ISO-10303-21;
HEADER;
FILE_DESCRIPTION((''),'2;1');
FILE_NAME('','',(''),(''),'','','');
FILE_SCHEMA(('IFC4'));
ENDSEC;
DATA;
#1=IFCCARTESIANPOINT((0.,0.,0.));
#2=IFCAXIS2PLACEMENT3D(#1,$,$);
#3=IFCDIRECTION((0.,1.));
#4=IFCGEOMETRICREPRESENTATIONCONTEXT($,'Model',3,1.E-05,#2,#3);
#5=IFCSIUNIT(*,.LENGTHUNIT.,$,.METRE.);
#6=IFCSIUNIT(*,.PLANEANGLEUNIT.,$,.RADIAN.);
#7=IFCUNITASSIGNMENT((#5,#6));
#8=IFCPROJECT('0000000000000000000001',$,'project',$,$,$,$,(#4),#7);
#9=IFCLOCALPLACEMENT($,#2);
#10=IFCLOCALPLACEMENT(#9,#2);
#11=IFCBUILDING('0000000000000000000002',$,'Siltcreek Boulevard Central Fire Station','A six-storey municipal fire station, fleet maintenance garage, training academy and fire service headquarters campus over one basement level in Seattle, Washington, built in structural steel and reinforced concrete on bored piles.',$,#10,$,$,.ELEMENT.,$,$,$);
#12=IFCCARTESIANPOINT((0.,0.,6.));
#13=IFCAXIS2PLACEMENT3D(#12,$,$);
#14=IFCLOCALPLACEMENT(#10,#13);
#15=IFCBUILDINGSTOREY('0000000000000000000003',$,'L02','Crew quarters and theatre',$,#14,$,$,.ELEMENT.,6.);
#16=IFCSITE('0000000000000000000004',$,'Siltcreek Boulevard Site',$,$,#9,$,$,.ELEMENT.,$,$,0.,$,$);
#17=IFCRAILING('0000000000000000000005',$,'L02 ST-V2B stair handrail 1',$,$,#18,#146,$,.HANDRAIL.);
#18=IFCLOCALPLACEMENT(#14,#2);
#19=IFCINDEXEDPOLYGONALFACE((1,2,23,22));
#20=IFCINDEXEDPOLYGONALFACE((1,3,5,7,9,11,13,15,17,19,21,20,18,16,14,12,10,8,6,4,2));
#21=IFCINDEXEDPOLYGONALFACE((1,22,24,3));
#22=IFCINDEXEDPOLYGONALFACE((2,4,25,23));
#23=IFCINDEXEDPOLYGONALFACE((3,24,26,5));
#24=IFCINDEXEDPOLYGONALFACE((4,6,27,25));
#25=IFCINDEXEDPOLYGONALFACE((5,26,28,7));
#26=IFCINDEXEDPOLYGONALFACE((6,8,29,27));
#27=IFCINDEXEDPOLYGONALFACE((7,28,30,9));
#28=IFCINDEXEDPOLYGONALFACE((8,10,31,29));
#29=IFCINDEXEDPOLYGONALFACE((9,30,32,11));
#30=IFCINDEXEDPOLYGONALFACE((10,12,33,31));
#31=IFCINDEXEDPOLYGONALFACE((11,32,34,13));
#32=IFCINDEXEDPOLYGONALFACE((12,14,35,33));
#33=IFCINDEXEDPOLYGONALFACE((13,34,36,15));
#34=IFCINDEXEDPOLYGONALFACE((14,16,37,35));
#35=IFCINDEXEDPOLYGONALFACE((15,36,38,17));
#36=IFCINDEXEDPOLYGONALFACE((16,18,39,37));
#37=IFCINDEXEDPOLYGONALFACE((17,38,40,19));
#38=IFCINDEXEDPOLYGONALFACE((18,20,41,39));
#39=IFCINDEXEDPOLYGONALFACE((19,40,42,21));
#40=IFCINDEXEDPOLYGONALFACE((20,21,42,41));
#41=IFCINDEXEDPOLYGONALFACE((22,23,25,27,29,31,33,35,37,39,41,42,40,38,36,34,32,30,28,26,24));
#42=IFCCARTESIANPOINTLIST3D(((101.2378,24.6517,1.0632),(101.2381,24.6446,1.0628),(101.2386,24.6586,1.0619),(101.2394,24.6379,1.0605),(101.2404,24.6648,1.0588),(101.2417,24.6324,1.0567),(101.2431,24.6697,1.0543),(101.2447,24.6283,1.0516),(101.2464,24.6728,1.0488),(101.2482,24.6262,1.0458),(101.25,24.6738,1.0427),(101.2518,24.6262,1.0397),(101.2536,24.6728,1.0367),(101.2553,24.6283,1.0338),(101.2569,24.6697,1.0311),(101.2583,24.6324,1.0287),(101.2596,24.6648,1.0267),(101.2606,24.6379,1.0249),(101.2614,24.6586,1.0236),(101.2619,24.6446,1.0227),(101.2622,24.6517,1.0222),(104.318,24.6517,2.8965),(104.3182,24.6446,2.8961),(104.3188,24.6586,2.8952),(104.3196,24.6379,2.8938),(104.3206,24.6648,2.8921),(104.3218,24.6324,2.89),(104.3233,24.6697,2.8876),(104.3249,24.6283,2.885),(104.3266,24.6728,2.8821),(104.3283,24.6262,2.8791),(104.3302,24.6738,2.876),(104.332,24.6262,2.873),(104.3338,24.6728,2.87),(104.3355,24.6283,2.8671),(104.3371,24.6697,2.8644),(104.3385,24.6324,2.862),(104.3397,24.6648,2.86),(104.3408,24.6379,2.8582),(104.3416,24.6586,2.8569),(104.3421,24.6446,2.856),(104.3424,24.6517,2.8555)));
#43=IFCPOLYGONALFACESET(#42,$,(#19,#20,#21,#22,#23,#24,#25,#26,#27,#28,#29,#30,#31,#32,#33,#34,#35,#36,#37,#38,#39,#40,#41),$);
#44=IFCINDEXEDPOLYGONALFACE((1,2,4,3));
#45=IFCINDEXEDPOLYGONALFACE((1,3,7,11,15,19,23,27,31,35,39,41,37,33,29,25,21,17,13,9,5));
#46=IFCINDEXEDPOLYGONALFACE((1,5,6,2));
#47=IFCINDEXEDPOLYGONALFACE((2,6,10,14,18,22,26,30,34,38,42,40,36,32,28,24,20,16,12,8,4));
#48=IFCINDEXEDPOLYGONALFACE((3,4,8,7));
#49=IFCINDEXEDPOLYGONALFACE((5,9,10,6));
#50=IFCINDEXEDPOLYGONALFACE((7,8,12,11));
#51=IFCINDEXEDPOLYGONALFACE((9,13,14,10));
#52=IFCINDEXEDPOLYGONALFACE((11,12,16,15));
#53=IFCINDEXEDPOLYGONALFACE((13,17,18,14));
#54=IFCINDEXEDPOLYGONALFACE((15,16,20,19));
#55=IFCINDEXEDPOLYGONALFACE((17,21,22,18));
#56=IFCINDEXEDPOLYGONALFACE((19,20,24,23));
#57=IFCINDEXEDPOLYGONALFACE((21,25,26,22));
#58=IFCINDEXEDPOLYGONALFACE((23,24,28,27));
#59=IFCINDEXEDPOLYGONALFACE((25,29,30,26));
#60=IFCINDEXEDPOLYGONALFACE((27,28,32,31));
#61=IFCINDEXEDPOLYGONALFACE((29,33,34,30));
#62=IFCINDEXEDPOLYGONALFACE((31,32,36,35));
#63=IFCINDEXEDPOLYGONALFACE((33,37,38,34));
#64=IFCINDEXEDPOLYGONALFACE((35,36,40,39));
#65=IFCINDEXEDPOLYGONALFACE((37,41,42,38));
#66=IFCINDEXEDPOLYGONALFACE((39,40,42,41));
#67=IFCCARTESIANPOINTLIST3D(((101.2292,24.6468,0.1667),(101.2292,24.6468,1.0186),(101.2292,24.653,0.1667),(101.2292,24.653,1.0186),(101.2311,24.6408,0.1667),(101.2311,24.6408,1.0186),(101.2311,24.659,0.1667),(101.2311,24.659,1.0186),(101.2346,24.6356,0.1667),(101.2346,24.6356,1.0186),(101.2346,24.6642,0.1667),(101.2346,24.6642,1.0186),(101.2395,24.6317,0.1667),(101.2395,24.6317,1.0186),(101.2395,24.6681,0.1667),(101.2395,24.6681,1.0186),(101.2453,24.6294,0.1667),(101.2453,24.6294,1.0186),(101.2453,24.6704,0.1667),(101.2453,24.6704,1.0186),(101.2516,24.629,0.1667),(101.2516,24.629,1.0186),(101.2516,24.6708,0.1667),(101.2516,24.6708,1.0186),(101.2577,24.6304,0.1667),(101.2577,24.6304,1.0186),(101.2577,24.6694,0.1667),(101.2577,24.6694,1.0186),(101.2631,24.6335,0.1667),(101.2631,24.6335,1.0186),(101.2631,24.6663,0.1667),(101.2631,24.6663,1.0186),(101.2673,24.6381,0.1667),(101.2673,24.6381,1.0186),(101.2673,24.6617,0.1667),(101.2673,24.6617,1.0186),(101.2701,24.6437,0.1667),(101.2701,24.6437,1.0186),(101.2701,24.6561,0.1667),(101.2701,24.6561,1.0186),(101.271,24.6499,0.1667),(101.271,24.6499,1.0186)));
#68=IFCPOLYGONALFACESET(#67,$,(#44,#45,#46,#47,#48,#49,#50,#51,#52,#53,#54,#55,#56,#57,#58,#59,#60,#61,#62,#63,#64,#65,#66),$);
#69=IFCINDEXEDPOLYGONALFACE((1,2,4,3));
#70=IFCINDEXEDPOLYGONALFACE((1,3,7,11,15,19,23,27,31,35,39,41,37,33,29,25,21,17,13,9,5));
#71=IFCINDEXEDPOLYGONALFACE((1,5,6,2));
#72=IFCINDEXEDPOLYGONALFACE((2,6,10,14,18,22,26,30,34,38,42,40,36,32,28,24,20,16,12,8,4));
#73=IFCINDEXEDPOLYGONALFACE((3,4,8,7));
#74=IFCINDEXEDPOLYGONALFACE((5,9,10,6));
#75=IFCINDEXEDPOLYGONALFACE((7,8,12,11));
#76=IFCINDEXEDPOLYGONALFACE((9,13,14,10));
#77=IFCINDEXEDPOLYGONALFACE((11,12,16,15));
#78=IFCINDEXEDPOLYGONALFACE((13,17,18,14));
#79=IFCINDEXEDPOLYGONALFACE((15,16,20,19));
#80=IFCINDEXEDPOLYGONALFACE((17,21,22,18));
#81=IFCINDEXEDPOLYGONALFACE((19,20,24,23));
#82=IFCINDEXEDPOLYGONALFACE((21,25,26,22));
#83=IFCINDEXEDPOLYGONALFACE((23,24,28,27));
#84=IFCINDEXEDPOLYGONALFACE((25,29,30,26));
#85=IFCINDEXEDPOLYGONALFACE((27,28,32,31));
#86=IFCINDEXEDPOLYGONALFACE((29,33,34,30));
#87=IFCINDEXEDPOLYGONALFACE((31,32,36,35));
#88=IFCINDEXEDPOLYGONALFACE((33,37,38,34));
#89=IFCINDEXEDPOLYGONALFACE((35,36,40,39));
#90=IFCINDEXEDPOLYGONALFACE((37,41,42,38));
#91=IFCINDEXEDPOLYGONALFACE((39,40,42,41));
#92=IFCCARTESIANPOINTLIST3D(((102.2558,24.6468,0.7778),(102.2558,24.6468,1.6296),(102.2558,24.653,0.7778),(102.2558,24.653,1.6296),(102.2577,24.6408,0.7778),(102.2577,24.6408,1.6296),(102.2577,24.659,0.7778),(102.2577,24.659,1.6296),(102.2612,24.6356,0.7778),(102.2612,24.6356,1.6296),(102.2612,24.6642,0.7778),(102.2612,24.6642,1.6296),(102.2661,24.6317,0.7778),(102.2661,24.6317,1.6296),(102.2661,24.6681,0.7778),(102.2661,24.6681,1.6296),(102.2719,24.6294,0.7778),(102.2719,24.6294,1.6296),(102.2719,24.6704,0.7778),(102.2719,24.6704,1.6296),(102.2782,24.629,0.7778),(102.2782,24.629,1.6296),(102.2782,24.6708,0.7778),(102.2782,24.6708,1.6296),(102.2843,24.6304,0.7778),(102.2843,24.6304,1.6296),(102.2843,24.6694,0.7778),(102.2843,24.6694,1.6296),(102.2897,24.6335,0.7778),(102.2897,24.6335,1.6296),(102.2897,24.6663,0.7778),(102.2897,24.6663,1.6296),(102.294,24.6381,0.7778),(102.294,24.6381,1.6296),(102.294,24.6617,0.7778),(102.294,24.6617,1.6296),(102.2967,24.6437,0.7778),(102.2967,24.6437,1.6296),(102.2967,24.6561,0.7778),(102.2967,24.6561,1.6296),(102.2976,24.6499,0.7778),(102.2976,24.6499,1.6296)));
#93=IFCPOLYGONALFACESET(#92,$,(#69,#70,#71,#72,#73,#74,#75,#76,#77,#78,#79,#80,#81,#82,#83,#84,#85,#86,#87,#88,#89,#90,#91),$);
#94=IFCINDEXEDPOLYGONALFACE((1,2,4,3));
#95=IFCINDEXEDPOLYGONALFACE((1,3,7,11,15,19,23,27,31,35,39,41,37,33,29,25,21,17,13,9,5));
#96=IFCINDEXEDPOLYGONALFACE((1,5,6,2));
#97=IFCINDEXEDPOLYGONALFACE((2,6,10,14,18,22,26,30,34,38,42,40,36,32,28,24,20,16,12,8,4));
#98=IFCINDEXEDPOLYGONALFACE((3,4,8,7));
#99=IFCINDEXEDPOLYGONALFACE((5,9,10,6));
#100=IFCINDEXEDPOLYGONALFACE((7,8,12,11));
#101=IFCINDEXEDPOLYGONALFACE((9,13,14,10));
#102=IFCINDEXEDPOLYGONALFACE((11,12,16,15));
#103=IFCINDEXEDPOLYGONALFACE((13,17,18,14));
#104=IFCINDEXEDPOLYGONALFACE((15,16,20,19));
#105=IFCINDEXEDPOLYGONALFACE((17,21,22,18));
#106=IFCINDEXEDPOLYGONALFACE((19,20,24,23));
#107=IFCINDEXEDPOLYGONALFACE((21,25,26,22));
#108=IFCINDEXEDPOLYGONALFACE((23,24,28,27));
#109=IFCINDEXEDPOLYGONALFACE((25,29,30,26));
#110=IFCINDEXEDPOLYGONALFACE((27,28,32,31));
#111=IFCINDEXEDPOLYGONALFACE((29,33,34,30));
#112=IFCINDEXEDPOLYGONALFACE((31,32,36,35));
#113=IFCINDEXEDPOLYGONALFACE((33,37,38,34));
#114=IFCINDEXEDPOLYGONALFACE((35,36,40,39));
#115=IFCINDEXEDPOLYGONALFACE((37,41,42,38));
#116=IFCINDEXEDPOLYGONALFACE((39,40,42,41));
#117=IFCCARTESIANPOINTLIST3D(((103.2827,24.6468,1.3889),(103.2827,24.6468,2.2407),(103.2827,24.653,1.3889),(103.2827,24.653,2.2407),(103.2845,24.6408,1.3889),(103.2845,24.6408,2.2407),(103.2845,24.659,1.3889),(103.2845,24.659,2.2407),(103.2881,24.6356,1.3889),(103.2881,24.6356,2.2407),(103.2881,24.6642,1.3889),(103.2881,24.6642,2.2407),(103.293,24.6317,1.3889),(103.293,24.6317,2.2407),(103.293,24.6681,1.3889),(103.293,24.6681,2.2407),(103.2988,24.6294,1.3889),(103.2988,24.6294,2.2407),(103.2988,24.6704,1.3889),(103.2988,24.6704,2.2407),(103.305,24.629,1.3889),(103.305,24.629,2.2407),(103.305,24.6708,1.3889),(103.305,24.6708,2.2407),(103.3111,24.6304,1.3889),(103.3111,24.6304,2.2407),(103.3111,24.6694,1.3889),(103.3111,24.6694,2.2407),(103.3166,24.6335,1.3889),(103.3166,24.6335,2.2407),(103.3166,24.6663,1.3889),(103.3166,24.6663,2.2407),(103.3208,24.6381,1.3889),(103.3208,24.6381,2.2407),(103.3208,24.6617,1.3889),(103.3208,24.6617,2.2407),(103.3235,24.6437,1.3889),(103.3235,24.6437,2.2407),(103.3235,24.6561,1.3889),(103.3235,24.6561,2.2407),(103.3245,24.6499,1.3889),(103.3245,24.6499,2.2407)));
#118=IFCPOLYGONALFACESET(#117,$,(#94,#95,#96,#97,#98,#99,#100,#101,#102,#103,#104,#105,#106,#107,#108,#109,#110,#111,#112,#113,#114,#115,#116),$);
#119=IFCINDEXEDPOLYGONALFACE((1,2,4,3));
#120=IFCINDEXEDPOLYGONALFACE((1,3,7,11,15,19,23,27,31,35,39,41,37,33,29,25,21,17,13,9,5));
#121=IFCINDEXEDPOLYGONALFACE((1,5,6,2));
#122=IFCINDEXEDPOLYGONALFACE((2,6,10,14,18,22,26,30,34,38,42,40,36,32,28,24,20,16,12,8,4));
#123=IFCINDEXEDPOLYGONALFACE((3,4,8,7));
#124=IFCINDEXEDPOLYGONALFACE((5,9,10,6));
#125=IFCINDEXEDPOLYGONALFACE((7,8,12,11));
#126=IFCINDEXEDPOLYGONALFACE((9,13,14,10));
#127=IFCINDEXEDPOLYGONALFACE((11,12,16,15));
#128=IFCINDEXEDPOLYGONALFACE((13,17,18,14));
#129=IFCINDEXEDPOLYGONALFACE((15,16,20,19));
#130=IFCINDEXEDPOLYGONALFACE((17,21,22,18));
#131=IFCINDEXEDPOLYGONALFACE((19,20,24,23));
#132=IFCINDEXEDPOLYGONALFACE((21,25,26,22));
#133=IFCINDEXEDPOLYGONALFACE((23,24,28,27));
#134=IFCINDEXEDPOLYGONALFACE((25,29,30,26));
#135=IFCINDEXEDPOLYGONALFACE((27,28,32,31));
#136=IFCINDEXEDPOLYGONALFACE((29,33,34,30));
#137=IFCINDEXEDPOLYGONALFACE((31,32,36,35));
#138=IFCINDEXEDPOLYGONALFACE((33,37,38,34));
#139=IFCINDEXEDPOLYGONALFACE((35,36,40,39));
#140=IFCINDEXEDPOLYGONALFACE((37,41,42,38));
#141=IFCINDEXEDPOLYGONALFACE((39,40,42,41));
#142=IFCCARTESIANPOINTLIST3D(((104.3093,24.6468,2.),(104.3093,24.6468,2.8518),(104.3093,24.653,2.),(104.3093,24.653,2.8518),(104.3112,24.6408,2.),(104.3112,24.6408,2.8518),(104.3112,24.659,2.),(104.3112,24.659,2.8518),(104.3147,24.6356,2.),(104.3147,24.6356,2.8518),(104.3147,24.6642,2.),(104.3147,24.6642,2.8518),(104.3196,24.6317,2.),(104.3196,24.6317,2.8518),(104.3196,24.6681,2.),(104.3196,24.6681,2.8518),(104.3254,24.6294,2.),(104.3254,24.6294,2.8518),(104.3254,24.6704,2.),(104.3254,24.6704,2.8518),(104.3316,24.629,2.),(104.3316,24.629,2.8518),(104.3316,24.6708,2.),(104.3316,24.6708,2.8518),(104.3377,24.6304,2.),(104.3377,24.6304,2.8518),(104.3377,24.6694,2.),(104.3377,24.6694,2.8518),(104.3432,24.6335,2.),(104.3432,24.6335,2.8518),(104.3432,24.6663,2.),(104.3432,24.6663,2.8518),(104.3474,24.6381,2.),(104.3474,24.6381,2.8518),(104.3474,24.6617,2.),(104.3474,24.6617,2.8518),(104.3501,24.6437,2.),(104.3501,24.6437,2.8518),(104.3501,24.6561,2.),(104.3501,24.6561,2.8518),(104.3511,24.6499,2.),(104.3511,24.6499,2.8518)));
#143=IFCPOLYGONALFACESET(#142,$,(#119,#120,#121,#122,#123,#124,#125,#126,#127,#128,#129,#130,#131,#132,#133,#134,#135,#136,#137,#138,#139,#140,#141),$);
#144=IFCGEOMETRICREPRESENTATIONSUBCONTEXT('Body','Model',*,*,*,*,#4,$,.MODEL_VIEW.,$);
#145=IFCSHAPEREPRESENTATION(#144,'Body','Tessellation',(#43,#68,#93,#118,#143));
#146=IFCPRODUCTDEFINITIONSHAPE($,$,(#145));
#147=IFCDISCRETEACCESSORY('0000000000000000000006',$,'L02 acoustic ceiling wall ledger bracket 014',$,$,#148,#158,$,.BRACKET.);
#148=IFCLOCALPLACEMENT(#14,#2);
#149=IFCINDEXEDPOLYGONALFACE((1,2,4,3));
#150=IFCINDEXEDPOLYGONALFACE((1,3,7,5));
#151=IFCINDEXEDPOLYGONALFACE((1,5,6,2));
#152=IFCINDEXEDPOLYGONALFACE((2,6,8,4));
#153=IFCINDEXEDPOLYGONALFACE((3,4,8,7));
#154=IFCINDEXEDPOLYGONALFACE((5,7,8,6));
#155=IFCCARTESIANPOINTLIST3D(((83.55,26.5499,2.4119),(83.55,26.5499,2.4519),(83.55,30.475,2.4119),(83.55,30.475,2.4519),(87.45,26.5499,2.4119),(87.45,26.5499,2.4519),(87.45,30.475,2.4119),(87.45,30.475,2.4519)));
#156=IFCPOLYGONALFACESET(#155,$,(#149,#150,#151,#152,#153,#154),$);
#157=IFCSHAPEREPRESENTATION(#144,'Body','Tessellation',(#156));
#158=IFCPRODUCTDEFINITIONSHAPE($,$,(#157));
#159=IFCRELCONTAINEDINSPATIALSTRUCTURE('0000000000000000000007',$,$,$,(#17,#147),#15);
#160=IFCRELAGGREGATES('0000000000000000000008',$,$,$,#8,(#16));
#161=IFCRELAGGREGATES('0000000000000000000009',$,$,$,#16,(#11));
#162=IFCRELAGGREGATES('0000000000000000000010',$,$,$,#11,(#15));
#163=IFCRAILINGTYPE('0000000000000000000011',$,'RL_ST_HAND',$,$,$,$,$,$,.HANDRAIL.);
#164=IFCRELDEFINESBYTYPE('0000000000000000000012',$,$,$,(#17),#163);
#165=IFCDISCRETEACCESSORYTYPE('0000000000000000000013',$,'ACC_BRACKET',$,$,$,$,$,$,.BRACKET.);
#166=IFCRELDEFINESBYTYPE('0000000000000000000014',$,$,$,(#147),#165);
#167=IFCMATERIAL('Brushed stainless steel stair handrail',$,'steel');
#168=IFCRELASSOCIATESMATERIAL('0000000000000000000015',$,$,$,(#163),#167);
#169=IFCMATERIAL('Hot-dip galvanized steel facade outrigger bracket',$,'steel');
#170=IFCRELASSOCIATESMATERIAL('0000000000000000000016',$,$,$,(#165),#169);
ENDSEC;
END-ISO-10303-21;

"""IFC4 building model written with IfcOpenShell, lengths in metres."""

from ifc_helpers import new_model, si_unit, direction, frame, origin, origin_2d, place, context, subcontext, project, spatial, rectangle, circle, extrude, material, type_object, element, save


model = new_model("IFC4")

# Units and contexts
model_context = context("Model", 3, precision=1e-05, world=origin(), true_north=direction((0.0, 1.0)))
body_context = subcontext(model_context, "Body", "Model", "MODEL_VIEW")
ifc_project = project(units=[si_unit("LENGTHUNIT", "METRE"), si_unit("PLANEANGLEUNIT", "RADIAN")], contexts=[model_context])

# Site, building, storey
site_placement = place(None, origin())
site = spatial("IfcSite", under=ifc_project, at=site_placement, Name="Siltcreek Boulevard Site", CompositionType="ELEMENT", RefElevation=0.0)
building_placement = place(site_placement, origin())
building = spatial("IfcBuilding", under=site, at=building_placement, Name="Siltcreek Boulevard Central Fire Station", Description="A six-storey municipal fire station, fleet maintenance garage, training academy and fire service headquarters campus over one basement level in Seattle, Washington, built in structural steel and reinforced concrete on bored piles.", CompositionType="ELEMENT")
storey_placement = place(building_placement, frame((0.0, 0.0, 6.0)))
storey = spatial("IfcBuildingStorey", under=building, at=storey_placement, Name="L02", Description="Crew quarters and theatre", CompositionType="ELEMENT", Elevation=6.0)

# Railing
ifc_material_1 = material(Name="Brushed stainless steel stair handrail", Category="steel")
railing_type_1 = type_object("IfcRailingType", Name="RL_ST_HAND", PredefinedType="HANDRAIL", material=ifc_material_1)
railing_1_placement = place(storey_placement, frame((101.25, 24.6499, 0.1667)))
element("IfcRailing", 1, at=railing_1_placement, inside=storey, type_object=railing_type_1, Name="L02 ST-V2B stair handrail 1", PredefinedType="HANDRAIL", context=body_context, shape_type="SweptSolid", body=[
    extrude(circle(Radius=0.0239, at=origin_2d()), frame((0.0, 0.0, 0.876), z_axis=(0.859309, 0.0, 0.511458), x_axis=(0.0, 1.0, 0.0)), (0.0, 0.0, 1.0), 3.5845),
    extrude(circle(Radius=0.021, at=origin_2d()), origin(), (0.0, 0.0, 1.0), 0.8518),
    extrude(circle(Radius=0.021, at=origin_2d()), frame((1.0266, 0.0, 0.6111)), (0.0, 0.0, 1.0), 0.8518),
    extrude(circle(Radius=0.021, at=origin_2d()), frame((2.0535, 0.0, 1.2222)), (0.0, 0.0, 1.0), 0.8518),
    extrude(circle(Radius=0.021, at=origin_2d()), frame((3.0801, 0.0, 1.8333)), (0.0, 0.0, 1.0), 0.8518),
])

# Discrete accessory
ifc_material_2 = material(Name="Hot-dip galvanized steel facade outrigger bracket", Category="steel")
discrete_accessory_type = type_object("IfcDiscreteAccessoryType", Name="ACC_BRACKET", PredefinedType="BRACKET", material=ifc_material_2)
discrete_accessory_placement = place(storey_placement, frame((85.5, 28.5125, 2.4119), z_axis=(0.0, 0.0, 1.0), x_axis=(1.0, 0.0, 0.0)))
element("IfcDiscreteAccessory", 2, at=discrete_accessory_placement, inside=storey, type_object=discrete_accessory_type, Name="L02 acoustic ceiling wall ledger bracket 014", PredefinedType="BRACKET", context=body_context, shape_type="SweptSolid", body=[
    extrude(rectangle(XDim=3.8999, YDim=3.925, at=origin_2d()), origin(), (0.0, 0.0, 1.0), 0.04),
])

save(model, "model.ifc")
